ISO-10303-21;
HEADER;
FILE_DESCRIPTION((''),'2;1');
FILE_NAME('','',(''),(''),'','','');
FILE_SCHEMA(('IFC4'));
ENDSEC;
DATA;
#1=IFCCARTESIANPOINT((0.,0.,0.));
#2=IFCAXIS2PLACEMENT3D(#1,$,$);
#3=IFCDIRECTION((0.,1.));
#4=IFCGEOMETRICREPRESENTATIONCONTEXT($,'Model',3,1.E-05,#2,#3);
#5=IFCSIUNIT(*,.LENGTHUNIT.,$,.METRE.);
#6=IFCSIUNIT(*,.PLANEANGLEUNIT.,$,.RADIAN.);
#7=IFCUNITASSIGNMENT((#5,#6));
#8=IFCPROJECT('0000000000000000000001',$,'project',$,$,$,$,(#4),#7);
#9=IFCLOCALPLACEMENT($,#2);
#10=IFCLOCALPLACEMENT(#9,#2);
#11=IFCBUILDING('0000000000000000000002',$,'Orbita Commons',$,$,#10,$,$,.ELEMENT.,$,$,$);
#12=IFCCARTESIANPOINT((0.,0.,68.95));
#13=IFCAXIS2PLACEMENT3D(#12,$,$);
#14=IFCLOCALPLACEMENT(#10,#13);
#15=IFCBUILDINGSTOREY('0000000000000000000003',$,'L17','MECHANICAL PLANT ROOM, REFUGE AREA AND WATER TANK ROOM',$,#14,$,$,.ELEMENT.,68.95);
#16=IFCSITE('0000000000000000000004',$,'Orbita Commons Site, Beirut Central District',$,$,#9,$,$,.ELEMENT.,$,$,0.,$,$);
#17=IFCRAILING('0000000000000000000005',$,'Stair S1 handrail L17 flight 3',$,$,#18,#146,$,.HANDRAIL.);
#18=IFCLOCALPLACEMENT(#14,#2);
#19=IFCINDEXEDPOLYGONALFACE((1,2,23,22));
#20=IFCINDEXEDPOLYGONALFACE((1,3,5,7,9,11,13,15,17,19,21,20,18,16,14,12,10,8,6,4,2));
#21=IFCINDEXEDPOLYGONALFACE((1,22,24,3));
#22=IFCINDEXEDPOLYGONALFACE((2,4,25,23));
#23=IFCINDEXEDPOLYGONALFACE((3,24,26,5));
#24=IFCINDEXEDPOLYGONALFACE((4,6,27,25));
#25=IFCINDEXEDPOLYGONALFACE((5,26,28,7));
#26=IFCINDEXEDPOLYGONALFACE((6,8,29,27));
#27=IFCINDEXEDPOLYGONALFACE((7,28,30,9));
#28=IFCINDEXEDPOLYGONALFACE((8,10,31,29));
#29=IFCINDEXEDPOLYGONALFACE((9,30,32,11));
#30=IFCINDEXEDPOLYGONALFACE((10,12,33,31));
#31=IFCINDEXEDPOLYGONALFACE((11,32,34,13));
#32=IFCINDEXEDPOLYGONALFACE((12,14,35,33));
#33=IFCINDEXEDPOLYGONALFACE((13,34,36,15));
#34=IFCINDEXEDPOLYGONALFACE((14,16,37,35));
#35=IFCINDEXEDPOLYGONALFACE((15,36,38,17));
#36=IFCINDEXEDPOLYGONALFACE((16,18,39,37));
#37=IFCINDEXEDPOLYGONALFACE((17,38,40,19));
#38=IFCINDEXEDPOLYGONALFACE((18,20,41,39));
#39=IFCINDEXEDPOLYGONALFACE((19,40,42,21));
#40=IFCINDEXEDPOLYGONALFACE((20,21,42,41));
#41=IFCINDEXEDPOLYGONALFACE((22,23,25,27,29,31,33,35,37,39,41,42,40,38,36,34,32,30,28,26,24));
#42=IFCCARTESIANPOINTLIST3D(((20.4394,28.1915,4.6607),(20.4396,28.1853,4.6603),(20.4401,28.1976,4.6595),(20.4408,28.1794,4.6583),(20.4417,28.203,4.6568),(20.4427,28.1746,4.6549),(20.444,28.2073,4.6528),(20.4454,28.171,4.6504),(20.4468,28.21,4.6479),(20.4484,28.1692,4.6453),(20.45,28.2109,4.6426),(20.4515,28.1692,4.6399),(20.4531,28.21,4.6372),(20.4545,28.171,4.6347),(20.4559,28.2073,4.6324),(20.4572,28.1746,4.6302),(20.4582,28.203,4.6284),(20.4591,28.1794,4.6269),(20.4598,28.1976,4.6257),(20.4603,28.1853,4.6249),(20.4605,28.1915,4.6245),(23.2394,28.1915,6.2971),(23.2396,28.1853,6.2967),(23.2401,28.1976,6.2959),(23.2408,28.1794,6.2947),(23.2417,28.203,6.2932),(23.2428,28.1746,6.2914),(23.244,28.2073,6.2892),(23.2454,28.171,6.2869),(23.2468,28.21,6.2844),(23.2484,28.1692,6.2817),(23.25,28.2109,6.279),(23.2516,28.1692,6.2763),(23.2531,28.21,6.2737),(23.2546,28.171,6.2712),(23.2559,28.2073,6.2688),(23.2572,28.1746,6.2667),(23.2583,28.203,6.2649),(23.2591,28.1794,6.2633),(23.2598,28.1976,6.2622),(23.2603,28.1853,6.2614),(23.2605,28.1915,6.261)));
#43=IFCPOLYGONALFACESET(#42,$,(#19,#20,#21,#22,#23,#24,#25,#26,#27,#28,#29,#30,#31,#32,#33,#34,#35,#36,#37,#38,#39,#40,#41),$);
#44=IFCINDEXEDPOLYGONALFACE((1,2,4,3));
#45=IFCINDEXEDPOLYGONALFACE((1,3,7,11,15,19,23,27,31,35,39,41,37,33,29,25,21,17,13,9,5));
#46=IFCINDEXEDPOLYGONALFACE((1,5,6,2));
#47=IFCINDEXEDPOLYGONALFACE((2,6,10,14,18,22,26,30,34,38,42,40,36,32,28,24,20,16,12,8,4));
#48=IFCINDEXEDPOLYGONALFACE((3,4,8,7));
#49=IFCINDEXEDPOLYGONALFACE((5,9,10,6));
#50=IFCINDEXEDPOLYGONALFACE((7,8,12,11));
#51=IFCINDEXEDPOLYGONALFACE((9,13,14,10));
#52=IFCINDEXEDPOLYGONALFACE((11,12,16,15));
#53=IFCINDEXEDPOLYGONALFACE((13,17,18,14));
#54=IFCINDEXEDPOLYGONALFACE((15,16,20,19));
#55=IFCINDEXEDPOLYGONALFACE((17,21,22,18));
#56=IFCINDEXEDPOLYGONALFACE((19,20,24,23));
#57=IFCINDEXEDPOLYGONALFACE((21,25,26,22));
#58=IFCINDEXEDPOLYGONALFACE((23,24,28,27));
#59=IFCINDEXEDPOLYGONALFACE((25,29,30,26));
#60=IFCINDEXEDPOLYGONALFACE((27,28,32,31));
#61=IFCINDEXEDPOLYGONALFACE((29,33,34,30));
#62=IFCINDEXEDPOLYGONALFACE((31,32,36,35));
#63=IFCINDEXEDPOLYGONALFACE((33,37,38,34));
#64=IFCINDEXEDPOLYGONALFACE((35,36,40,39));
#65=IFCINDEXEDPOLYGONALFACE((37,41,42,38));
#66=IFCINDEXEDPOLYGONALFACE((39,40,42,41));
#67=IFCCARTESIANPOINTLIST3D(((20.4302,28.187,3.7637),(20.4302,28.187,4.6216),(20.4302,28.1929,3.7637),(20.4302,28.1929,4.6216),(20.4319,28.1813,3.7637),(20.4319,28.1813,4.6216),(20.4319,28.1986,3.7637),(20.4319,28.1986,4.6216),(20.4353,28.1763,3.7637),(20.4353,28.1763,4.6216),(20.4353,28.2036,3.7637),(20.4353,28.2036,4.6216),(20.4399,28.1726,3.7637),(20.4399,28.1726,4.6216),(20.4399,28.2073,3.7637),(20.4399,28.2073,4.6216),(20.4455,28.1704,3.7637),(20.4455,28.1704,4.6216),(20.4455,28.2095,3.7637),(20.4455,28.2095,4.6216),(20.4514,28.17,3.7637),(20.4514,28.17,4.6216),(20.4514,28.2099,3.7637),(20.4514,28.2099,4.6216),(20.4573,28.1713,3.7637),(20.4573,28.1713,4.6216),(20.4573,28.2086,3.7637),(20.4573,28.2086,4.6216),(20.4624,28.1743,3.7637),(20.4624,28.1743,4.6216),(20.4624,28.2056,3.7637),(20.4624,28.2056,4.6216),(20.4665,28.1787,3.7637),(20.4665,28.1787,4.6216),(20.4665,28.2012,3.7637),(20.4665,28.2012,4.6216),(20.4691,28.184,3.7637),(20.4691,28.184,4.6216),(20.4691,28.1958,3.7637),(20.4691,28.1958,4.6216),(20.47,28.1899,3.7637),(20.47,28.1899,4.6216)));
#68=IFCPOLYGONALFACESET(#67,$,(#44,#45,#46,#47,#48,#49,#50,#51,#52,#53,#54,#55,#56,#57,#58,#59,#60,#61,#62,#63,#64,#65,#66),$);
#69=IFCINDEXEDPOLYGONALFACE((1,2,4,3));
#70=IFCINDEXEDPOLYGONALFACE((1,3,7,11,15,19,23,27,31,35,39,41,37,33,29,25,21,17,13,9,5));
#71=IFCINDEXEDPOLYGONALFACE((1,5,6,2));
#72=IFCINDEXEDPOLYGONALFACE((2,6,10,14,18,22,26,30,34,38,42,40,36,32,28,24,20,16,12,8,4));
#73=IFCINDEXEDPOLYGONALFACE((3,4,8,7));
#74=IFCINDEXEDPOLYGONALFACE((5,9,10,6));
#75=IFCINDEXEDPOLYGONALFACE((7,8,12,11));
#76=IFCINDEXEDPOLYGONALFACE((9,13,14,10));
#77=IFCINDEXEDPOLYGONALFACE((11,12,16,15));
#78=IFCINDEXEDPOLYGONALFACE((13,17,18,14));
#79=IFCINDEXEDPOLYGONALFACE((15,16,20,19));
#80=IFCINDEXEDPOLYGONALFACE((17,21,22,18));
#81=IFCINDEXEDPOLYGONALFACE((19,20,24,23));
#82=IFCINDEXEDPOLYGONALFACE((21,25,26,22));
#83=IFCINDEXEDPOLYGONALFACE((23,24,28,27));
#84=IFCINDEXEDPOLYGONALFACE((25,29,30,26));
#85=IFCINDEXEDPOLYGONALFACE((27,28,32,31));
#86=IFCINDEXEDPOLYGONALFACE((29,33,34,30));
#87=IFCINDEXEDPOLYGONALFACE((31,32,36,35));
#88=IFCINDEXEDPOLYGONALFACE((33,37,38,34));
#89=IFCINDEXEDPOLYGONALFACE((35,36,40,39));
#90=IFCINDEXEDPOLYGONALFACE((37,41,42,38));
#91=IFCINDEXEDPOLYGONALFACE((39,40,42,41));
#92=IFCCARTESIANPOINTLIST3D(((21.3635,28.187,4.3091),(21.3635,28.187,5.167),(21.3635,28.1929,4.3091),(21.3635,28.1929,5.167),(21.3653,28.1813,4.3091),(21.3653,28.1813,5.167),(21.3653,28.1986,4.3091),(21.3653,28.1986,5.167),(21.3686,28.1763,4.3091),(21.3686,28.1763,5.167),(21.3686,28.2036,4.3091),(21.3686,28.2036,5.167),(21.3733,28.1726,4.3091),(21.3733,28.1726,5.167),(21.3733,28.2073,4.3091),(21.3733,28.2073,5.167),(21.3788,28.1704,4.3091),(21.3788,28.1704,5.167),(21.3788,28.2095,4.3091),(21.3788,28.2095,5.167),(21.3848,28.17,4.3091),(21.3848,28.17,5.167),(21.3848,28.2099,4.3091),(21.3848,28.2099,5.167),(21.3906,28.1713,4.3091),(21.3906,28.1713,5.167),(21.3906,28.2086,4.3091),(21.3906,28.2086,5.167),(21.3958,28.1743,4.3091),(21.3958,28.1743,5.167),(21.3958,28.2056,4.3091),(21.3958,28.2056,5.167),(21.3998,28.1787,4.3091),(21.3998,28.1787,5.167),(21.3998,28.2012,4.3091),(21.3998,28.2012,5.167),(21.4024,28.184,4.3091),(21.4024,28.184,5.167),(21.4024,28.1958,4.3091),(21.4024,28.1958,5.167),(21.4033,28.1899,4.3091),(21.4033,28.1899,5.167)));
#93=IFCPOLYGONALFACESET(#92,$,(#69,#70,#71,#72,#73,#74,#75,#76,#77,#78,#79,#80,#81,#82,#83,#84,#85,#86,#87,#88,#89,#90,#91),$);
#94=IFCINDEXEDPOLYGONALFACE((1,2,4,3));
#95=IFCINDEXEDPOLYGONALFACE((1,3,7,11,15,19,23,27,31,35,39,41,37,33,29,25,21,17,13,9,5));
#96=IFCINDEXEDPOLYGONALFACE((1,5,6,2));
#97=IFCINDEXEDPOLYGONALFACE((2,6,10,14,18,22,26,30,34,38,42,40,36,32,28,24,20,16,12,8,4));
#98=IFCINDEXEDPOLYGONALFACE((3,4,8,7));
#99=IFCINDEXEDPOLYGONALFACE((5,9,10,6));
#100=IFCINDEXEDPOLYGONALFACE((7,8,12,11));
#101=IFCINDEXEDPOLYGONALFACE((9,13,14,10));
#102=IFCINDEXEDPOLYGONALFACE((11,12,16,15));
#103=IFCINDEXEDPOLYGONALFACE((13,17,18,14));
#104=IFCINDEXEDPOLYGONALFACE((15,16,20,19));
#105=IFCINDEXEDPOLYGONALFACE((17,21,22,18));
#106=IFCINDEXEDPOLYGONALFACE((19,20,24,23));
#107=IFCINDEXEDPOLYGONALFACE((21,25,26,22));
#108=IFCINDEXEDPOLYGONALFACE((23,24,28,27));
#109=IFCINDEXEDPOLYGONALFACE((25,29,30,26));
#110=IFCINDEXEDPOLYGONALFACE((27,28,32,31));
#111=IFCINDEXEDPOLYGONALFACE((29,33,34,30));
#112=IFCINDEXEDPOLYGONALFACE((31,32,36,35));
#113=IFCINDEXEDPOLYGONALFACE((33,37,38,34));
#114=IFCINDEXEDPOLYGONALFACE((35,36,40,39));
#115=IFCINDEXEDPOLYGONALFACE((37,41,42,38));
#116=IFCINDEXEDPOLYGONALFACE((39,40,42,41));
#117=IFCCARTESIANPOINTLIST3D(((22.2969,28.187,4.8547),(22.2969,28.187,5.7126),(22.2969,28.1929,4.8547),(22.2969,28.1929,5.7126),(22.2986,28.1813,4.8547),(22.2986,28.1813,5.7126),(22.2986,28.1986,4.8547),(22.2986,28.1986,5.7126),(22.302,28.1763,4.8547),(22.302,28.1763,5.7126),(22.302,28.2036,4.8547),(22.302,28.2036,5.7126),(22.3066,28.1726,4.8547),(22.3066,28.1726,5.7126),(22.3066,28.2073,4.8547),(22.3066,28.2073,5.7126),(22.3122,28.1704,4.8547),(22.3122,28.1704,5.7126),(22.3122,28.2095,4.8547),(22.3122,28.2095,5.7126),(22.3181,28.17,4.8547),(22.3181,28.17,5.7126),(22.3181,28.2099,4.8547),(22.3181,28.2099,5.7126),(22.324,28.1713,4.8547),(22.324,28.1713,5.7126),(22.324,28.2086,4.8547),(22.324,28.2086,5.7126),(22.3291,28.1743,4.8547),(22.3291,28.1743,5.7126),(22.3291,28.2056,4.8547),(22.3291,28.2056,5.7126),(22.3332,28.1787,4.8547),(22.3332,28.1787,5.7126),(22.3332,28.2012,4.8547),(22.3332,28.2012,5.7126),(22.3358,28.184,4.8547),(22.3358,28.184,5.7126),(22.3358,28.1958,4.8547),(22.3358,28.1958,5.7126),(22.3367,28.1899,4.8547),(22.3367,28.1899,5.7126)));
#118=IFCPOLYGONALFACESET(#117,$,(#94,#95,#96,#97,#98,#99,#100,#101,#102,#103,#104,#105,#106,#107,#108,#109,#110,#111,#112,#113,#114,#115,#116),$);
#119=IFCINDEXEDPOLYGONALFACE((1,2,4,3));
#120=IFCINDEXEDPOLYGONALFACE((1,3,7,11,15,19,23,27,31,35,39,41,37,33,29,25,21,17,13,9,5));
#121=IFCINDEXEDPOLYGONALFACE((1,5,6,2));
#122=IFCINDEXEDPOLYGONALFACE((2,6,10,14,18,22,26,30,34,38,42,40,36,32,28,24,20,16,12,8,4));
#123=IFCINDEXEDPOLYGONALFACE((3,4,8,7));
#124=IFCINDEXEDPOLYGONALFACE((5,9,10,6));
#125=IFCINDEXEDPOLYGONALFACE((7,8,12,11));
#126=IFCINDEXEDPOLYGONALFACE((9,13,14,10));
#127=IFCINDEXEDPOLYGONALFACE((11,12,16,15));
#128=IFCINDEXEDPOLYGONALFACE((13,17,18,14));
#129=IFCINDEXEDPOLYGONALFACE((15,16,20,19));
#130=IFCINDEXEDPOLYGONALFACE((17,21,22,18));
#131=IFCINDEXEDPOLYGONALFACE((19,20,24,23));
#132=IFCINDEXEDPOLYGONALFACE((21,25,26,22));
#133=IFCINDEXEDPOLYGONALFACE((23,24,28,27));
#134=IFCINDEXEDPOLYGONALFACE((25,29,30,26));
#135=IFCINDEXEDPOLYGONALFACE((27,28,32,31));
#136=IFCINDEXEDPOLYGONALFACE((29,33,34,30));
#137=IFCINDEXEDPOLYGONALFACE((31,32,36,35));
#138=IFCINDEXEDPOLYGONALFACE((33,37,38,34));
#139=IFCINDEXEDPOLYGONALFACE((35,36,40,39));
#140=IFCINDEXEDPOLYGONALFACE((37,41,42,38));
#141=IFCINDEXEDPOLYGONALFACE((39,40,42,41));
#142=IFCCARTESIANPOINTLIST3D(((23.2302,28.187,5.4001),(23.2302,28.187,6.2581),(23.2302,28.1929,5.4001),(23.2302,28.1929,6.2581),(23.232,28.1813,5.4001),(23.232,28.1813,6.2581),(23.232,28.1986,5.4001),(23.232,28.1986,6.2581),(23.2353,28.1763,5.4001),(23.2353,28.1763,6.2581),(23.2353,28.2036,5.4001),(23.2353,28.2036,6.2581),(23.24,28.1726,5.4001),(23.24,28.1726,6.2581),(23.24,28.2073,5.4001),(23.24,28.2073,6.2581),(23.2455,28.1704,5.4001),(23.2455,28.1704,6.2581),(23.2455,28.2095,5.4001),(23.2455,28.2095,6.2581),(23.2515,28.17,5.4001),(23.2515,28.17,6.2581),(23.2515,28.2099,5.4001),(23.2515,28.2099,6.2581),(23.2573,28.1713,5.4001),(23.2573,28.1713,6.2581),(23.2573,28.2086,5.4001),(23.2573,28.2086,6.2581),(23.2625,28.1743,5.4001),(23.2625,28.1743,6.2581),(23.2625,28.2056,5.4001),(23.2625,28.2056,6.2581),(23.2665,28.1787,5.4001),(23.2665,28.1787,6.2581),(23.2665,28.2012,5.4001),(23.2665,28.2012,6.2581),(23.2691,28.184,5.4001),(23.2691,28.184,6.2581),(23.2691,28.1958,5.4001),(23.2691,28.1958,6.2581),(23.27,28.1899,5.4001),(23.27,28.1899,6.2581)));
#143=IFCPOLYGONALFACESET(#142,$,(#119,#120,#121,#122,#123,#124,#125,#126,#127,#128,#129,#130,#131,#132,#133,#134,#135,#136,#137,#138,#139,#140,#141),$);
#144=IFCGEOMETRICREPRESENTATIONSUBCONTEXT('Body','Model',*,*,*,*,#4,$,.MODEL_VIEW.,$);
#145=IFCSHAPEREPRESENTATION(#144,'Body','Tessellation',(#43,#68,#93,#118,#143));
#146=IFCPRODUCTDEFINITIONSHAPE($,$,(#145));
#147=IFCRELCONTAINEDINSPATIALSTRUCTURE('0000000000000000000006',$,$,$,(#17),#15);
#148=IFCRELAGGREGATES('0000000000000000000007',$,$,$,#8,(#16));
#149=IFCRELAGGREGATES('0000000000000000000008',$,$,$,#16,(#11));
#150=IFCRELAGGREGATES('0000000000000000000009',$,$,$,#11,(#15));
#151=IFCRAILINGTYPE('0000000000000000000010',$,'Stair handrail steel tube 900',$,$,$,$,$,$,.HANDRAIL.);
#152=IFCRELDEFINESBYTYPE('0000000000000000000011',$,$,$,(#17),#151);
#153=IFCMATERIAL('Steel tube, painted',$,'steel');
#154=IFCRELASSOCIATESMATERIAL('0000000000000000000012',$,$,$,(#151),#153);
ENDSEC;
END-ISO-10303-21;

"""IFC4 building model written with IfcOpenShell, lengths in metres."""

from ifc_helpers import new_model, si_unit, direction, frame, origin, origin_2d, place, context, subcontext, project, spatial, circle, extrude, material, type_object, element, save


model = new_model("IFC4")

# Units and contexts
model_context = context("Model", 3, precision=1e-05, world=origin(), true_north=direction((0.0, 1.0)))
body_context = subcontext(model_context, "Body", "Model", "MODEL_VIEW")
ifc_project = project(units=[si_unit("LENGTHUNIT", "METRE"), si_unit("PLANEANGLEUNIT", "RADIAN")], contexts=[model_context])

# Site, building, storey
site_placement = place(None, origin())
site = spatial("IfcSite", under=ifc_project, at=site_placement, Name="Orbita Commons Site, Beirut Central District", CompositionType="ELEMENT", RefElevation=0.0)
building_placement = place(site_placement, origin())
building = spatial("IfcBuilding", under=site, at=building_placement, Name="Orbita Commons", CompositionType="ELEMENT")
storey_placement = place(building_placement, frame((0.0, 0.0, 68.95)))
storey = spatial("IfcBuildingStorey", under=building, at=storey_placement, Name="L17", Description="MECHANICAL PLANT ROOM, REFUGE AREA AND WATER TANK ROOM", CompositionType="ELEMENT", Elevation=68.95)

# Railing
ifc_material_1 = material(Name="Steel tube, painted", Category="steel")
railing_type = type_object("IfcRailingType", Name="Stair handrail steel tube 900", PredefinedType="HANDRAIL", material=ifc_material_1)
railing_1_placement = place(storey_placement, frame((20.45, 28.1899, 3.7637)))
element("IfcRailing", 1, at=railing_1_placement, inside=storey, type_object=railing_type, Name="Stair S1 handrail L17 flight 3", PredefinedType="HANDRAIL", context=body_context, shape_type="SweptSolid", body=[
    extrude(circle(Radius=0.021, at=origin_2d()), frame((0.0, 0.0, 0.8789), z_axis=(0.863361, 0.0, 0.504587), x_axis=(0.0, 1.0, 0.0)), (0.0, 0.0, 1.0), 3.2432),
    extrude(circle(Radius=0.02, at=origin_2d()), origin(), (0.0, 0.0, 1.0), 0.8579),
    extrude(circle(Radius=0.02, at=origin_2d()), frame((0.9333, 0.0, 0.5454)), (0.0, 0.0, 1.0), 0.8579),
    extrude(circle(Radius=0.02, at=origin_2d()), frame((1.8667, 0.0, 1.0911)), (0.0, 0.0, 1.0), 0.8579),
    extrude(circle(Radius=0.02, at=origin_2d()), frame((2.8, 0.0, 1.6365)), (0.0, 0.0, 1.0), 0.8579),
])

save(model, "model.ifc")
